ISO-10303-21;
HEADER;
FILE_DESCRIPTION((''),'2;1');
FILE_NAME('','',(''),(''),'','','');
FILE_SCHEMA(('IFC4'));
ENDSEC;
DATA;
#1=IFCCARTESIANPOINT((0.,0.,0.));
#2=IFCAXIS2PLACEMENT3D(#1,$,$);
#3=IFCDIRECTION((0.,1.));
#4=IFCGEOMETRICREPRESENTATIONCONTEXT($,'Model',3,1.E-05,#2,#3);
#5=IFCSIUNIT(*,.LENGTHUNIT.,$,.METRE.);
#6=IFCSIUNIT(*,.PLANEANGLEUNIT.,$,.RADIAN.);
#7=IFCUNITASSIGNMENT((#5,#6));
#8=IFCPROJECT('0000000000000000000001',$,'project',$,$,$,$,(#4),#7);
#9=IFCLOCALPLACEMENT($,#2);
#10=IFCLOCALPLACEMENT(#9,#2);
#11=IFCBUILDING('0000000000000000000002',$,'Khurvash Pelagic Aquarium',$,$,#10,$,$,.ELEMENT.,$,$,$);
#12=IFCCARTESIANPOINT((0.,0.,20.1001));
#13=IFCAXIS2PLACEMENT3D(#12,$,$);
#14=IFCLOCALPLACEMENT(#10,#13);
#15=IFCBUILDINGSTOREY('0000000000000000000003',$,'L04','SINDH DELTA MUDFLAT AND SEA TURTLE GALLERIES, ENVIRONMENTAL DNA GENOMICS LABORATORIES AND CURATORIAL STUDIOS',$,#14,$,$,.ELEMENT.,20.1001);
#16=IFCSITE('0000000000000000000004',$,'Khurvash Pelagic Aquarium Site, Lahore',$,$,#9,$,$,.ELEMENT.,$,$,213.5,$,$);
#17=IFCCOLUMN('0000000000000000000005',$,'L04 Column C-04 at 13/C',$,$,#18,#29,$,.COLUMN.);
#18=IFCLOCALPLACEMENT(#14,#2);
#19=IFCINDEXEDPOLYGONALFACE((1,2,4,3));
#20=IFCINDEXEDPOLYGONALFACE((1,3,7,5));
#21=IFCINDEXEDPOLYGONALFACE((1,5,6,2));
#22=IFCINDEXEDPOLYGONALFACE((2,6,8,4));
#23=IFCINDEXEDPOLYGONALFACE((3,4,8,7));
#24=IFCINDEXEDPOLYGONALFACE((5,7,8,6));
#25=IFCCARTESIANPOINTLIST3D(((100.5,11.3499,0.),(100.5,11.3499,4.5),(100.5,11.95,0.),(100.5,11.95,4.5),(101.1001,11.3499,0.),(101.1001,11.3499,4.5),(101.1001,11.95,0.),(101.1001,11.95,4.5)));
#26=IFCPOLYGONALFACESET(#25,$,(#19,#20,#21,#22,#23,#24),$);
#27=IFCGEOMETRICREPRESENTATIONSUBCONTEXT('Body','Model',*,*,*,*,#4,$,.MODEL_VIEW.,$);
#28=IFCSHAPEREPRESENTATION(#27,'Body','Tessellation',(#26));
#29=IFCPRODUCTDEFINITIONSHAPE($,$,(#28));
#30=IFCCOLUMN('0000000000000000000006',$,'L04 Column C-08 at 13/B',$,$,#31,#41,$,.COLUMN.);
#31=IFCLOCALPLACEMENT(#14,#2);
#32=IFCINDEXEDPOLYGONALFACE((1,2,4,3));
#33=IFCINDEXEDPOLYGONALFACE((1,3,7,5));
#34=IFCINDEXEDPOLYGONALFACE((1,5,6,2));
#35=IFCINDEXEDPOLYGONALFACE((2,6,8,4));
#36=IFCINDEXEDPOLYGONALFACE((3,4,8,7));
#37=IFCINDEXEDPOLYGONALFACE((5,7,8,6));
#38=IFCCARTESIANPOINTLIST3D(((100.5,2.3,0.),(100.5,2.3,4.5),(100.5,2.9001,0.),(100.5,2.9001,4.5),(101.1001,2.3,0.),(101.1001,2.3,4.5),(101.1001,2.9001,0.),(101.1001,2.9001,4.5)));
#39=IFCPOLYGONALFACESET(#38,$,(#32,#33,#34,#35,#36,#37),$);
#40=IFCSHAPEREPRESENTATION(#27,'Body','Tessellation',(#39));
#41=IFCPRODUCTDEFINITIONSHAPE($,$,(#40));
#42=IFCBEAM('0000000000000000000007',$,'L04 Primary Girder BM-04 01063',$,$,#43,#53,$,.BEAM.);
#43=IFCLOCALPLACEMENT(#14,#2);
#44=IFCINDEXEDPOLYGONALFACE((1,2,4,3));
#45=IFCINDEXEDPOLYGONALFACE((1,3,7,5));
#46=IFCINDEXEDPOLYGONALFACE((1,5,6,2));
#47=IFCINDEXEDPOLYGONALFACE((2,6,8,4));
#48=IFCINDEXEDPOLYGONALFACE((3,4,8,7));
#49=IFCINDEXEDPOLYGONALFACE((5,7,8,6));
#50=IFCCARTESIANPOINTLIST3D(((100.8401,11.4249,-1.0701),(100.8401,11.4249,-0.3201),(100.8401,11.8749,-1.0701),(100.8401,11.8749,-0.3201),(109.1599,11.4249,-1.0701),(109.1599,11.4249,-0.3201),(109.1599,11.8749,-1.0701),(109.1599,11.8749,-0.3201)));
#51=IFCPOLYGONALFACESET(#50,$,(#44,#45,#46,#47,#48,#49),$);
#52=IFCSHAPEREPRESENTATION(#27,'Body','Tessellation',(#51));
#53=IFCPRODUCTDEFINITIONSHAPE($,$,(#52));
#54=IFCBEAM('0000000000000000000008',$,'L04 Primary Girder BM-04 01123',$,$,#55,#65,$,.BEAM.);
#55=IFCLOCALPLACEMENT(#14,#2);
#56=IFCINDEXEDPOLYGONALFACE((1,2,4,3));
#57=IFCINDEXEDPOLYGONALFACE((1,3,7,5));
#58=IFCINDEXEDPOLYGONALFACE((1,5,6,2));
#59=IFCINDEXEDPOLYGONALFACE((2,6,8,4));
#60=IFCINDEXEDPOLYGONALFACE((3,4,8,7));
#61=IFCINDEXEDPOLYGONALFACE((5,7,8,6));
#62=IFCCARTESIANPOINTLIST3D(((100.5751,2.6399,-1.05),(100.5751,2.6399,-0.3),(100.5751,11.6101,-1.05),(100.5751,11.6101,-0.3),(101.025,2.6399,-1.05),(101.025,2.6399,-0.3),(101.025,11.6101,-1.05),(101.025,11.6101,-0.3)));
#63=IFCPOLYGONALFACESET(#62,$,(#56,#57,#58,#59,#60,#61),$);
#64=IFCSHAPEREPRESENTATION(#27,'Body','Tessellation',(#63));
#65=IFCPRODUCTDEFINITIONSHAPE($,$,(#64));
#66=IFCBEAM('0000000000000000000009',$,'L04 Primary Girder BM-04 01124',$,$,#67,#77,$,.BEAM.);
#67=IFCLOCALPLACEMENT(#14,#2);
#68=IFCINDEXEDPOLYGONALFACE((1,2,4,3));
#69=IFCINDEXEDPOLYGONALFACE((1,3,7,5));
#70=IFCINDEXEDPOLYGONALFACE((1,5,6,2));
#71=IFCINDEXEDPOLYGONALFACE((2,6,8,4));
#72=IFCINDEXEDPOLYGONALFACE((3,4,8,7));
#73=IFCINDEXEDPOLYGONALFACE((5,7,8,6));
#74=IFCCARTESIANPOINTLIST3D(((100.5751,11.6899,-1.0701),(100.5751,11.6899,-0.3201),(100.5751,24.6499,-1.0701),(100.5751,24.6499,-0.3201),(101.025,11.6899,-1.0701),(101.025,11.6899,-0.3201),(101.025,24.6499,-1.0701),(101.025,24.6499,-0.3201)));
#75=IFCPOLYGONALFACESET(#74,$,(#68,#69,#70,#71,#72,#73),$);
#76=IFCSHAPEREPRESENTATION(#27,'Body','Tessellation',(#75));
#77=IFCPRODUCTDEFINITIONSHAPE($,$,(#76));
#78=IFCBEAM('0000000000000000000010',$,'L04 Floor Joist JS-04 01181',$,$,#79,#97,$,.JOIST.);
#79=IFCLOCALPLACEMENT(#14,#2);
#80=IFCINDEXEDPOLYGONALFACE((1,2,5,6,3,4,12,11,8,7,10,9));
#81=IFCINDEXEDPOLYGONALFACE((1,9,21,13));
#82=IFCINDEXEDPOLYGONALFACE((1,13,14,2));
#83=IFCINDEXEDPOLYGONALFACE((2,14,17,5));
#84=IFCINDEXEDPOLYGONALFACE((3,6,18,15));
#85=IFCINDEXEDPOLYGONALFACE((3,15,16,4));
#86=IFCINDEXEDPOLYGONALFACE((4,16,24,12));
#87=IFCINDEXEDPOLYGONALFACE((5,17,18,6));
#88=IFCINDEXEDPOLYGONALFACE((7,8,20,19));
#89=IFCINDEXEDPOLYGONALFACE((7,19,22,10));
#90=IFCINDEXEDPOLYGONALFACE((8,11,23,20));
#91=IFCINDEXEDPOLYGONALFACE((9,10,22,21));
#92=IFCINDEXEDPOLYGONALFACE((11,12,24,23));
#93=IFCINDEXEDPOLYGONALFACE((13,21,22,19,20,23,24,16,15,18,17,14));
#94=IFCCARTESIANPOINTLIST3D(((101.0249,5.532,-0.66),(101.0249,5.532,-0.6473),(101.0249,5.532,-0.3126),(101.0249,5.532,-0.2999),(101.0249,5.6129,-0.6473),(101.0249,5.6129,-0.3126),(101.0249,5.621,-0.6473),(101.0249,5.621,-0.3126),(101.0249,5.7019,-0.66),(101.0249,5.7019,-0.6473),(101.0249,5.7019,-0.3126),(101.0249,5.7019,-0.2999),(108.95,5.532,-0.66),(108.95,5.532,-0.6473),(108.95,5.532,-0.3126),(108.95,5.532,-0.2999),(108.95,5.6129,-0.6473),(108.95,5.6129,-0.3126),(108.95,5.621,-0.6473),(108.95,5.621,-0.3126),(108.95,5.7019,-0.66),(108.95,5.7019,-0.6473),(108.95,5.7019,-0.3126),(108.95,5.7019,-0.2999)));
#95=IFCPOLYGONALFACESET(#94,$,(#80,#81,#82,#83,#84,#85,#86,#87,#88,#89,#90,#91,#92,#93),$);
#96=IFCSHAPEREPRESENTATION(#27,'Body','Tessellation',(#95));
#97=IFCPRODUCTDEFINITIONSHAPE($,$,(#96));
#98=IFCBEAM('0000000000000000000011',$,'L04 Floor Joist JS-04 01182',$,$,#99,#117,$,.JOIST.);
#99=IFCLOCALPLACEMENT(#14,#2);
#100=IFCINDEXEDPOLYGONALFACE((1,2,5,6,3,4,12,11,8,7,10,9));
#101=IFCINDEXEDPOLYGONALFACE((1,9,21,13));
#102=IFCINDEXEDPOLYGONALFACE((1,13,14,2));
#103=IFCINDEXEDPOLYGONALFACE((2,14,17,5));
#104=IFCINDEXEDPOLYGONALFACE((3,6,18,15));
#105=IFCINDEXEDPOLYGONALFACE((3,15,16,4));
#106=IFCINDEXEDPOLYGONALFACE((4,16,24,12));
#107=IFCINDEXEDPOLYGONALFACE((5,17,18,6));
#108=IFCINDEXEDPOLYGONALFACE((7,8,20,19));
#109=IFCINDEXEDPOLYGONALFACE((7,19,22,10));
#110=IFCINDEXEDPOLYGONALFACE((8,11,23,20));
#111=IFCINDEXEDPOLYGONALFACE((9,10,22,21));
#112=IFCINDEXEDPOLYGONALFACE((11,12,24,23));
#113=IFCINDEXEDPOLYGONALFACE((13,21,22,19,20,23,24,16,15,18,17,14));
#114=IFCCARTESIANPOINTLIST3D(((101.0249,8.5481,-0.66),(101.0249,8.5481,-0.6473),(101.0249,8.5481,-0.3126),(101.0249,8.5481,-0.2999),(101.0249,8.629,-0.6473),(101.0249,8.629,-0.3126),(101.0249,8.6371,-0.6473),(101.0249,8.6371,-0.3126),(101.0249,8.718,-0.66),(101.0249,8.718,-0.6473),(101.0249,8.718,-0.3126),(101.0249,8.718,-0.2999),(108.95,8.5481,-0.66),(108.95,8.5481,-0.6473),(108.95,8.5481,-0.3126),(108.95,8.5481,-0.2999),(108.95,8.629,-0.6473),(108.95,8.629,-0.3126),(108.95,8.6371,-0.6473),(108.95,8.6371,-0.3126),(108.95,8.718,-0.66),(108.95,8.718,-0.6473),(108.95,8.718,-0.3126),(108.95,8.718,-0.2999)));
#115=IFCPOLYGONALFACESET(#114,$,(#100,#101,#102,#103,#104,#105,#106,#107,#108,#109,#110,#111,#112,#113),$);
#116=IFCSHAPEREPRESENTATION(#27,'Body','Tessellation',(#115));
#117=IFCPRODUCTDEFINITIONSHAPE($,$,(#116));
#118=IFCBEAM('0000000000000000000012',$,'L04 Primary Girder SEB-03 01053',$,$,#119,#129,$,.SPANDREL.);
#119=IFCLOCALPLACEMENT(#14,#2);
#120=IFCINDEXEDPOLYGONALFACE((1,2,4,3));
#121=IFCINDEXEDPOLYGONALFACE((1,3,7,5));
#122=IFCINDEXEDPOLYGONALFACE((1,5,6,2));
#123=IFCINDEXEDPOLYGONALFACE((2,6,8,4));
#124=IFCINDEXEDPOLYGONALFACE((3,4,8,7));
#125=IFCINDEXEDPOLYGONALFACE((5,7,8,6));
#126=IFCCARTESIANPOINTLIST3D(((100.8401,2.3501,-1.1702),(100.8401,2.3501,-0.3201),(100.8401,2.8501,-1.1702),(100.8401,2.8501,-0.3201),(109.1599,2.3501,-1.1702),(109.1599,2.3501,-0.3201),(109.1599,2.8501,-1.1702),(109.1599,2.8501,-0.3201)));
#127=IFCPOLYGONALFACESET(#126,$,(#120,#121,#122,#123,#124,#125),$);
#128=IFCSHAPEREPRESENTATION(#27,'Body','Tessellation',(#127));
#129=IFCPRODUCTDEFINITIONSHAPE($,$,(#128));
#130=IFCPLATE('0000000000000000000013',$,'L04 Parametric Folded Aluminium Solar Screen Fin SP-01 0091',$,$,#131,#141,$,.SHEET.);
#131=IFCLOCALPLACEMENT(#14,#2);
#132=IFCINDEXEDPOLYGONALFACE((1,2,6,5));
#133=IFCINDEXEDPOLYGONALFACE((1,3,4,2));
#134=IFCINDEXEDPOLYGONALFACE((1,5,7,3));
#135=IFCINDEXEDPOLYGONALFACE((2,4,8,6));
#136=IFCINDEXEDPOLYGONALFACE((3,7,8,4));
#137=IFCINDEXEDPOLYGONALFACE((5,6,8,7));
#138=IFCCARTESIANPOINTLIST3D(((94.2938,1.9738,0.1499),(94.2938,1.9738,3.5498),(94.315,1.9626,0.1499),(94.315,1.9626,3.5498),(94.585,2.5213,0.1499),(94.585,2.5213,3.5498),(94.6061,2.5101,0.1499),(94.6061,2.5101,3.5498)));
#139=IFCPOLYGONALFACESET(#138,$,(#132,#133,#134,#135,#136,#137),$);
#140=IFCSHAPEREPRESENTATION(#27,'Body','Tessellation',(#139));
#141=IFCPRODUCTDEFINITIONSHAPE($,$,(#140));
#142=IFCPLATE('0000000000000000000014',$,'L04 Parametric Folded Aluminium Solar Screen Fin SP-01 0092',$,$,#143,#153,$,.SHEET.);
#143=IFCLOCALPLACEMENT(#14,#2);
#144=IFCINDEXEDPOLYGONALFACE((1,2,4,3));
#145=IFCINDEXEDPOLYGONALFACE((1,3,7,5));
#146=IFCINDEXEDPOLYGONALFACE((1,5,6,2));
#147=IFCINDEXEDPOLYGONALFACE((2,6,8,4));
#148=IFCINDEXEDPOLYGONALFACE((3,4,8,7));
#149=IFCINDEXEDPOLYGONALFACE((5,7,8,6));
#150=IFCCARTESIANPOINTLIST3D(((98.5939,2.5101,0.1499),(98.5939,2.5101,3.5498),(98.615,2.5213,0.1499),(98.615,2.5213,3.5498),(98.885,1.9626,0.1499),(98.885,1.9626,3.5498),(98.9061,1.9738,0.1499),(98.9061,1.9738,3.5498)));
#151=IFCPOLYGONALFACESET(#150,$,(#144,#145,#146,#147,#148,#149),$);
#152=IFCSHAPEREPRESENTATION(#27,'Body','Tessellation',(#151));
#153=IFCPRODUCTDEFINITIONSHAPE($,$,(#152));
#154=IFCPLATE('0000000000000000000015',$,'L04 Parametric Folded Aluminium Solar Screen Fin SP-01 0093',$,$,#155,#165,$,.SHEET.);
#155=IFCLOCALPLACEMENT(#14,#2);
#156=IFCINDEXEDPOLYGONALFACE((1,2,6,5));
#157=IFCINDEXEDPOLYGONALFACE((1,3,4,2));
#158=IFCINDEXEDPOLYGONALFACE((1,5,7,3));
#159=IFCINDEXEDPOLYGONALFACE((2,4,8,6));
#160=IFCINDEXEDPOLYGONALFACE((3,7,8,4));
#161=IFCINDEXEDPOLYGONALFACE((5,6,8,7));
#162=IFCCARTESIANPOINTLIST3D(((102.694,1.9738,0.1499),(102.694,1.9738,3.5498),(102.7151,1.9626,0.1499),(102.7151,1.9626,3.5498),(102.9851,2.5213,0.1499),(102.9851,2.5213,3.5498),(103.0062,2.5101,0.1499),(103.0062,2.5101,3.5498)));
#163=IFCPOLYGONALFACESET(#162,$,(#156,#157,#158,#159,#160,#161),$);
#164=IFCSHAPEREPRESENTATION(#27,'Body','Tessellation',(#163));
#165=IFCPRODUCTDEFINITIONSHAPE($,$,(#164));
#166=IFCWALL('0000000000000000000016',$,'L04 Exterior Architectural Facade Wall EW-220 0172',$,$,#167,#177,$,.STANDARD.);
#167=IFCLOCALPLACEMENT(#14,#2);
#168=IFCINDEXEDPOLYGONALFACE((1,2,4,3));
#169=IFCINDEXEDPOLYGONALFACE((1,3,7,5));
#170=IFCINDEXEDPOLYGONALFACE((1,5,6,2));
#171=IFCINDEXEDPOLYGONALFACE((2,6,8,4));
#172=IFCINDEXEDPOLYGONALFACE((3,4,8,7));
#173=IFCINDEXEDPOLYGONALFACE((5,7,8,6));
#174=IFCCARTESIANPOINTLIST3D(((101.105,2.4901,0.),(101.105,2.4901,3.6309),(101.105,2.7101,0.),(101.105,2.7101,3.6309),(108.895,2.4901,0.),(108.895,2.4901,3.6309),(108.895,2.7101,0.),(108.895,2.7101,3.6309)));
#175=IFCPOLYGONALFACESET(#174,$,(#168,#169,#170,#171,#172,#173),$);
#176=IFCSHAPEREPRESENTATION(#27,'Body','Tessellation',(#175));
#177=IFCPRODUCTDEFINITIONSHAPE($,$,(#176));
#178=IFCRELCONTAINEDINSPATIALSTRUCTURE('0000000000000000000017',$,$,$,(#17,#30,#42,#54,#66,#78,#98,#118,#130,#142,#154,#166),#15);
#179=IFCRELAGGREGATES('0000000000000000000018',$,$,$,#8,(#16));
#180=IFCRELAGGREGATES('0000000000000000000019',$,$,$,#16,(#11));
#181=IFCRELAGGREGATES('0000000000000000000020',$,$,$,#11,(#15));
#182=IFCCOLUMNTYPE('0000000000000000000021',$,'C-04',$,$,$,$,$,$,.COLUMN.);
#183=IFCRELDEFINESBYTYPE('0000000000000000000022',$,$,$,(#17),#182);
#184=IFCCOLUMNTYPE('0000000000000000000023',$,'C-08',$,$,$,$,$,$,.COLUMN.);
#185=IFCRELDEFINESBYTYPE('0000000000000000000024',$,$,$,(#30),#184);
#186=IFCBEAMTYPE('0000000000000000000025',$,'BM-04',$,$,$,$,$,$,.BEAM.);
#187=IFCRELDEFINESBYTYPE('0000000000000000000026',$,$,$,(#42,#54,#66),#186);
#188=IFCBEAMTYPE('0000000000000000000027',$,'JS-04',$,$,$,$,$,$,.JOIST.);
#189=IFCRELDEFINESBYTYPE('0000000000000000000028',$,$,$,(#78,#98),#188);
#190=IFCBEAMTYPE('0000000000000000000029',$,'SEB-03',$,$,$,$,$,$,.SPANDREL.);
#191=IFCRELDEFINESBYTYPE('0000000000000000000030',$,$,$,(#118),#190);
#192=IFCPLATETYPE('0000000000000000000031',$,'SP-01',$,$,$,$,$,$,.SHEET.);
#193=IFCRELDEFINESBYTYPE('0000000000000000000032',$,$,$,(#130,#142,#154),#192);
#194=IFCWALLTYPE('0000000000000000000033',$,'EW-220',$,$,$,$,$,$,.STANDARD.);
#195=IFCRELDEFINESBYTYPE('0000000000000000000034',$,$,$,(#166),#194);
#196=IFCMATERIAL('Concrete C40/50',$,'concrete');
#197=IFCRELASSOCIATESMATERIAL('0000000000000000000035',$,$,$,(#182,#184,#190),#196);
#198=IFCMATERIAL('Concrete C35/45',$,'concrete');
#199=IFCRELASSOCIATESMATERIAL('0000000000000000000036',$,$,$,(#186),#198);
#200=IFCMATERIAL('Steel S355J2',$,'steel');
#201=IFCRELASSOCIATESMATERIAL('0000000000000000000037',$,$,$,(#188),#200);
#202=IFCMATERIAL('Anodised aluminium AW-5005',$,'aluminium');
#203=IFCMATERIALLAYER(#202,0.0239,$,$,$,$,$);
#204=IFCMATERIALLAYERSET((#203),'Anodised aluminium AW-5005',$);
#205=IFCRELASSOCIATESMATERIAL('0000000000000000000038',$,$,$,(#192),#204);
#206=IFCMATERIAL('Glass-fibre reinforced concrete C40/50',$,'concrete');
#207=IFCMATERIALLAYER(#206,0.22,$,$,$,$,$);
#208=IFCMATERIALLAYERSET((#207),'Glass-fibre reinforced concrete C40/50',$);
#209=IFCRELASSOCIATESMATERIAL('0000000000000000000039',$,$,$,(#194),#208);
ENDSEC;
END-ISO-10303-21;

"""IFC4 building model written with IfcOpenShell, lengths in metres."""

from ifc_helpers import new_model, si_unit, direction, frame, frame_2d, origin, origin_2d, place, context, subcontext, project, spatial, rectangle, i_section, extrude, material, layer, layer_set, material_profile, profile_set, type_object, element, save


model = new_model("IFC4")

# Units and contexts
model_context = context("Model", 3, precision=1e-05, world=origin(), true_north=direction((0.0, 1.0)))
body_context = subcontext(model_context, "Body", "Model", "MODEL_VIEW")
ifc_project = project(units=[si_unit("LENGTHUNIT", "METRE"), si_unit("PLANEANGLEUNIT", "RADIAN")], contexts=[model_context])

# Site, building, storey
site_placement = place(None, origin())
site = spatial("IfcSite", under=ifc_project, at=site_placement, Name="Khurvash Pelagic Aquarium Site, Lahore", CompositionType="ELEMENT", RefElevation=213.5)
building_placement = place(site_placement, origin())
building = spatial("IfcBuilding", under=site, at=building_placement, Name="Khurvash Pelagic Aquarium", CompositionType="ELEMENT")
storey_placement = place(building_placement, frame((0.0, 0.0, 20.1001)))
storey = spatial("IfcBuildingStorey", under=building, at=storey_placement, Name="L04", Description="SINDH DELTA MUDFLAT AND SEA TURTLE GALLERIES, ENVIRONMENTAL DNA GENOMICS LABORATORIES AND CURATORIAL STUDIOS", CompositionType="ELEMENT", Elevation=20.1001)

# Columns
ifc_material_1 = material(Name="Concrete C40/50", Category="concrete")
ifc_material_profile_1 = material_profile(ifc_material_1, rectangle(XDim=0.6001, YDim=0.6001, at=origin_2d()), Name="RC600X600")
ifc_profile_set_1 = profile_set([ifc_material_profile_1], Name="Concrete C40/50")
column_type_1 = type_object("IfcColumnType", Name="C-04", PredefinedType="COLUMN", material=ifc_profile_set_1)
column_1_placement = place(storey_placement, frame((100.8, 11.6499, 0.0), z_axis=(0.0, 0.0, 1.0), x_axis=(1.0, 0.0, 0.0)))
element("IfcColumn", 1, at=column_1_placement, inside=storey, type_object=column_type_1, Name="L04 Column C-04 at 13/C", PredefinedType="COLUMN", context=body_context, shape_type="SweptSolid", body=[
    extrude(rectangle(XDim=0.6001, YDim=0.6001, at=origin_2d()), origin(), (0.0, 0.0, 1.0), 4.5),
])
ifc_material_profile_2 = material_profile(ifc_material_1, rectangle(XDim=0.6001, YDim=0.6001, at=origin_2d()), Name="RC600X600")
ifc_profile_set_2 = profile_set([ifc_material_profile_2], Name="Concrete C40/50")
column_type_2 = type_object("IfcColumnType", Name="C-08", PredefinedType="COLUMN", material=ifc_profile_set_2)
column_2_placement = place(storey_placement, frame((100.8, 2.6001, 0.0), z_axis=(0.0, 0.0, 1.0), x_axis=(1.0, 0.0, 0.0)))
element("IfcColumn", 2, at=column_2_placement, inside=storey, type_object=column_type_2, Name="L04 Column C-08 at 13/B", PredefinedType="COLUMN", context=body_context, shape_type="SweptSolid", body=[
    extrude(rectangle(XDim=0.6001, YDim=0.6001, at=origin_2d()), origin(), (0.0, 0.0, 1.0), 4.5),
])

# Beams
ifc_material_2 = material(Name="Concrete C35/45", Category="concrete")
ifc_material_profile_3 = material_profile(ifc_material_2, rectangle(XDim=0.45, YDim=0.75, at=origin_2d()), Name="RC450X750")
ifc_profile_set_3 = profile_set([ifc_material_profile_3], Name="Concrete C35/45")
beam_type_1 = type_object("IfcBeamType", Name="BM-04", PredefinedType="BEAM", material=ifc_profile_set_3)
beam_1_placement = place(storey_placement, frame((100.8401, 11.6499, -0.6951), z_axis=(1.0, 0.0, 0.0), x_axis=(0.0, 1.0, 0.0)))
element("IfcBeam", 3, at=beam_1_placement, inside=storey, type_object=beam_type_1, Name="L04 Primary Girder BM-04 01063", PredefinedType="BEAM", context=body_context, shape_type="SweptSolid", body=[
    extrude(rectangle(XDim=0.45, YDim=0.75, at=origin_2d()), origin(), (0.0, 0.0, 1.0), 8.3198),
])
beam_2_placement = place(storey_placement, frame((100.8, 2.6399, -0.675), z_axis=(0.0, 1.0, 0.0), x_axis=(-1.0, 0.0, 0.0)))
element("IfcBeam", 4, at=beam_2_placement, inside=storey, type_object=beam_type_1, Name="L04 Primary Girder BM-04 01123", PredefinedType="BEAM", context=body_context, shape_type="SweptSolid", body=[
    extrude(rectangle(XDim=0.45, YDim=0.75, at=origin_2d()), origin(), (0.0, 0.0, 1.0), 8.9702),
])
beam_3_placement = place(storey_placement, frame((100.8, 11.6899, -0.6951), z_axis=(0.0, 1.0, 0.0), x_axis=(-1.0, 0.0, 0.0)))
element("IfcBeam", 5, at=beam_3_placement, inside=storey, type_object=beam_type_1, Name="L04 Primary Girder BM-04 01124", PredefinedType="BEAM", context=body_context, shape_type="SweptSolid", body=[
    extrude(rectangle(XDim=0.45, YDim=0.75, at=origin_2d()), origin(), (0.0, 0.0, 1.0), 12.96),
])
ifc_material_3 = material(Name="Steel S355J2", Category="steel")
ifc_material_profile_4 = material_profile(ifc_material_3, i_section(OverallWidth=0.1699, OverallDepth=0.3601, WebThickness=0.0081, FlangeThickness=0.0127, at=origin_2d()), Name="IPE360")
ifc_profile_set_4 = profile_set([ifc_material_profile_4], Name="Steel S355J2")
beam_type_2 = type_object("IfcBeamType", Name="JS-04", PredefinedType="JOIST", material=ifc_profile_set_4)
for number, where, z_axis, x_axis, name in (
    (6, (101.0249, 5.6169, -0.48), (1.0, 0.0, 0.0), (0.0, 1.0, 0.0), "L04 Floor Joist JS-04 01181"),
    (7, (101.0249, 8.6331, -0.48), (1.0, 0.0, 0.0), (0.0, 1.0, 0.0), "L04 Floor Joist JS-04 01182"),
):
    element("IfcBeam", number, at=place(storey_placement, frame(where, z_axis=z_axis, x_axis=x_axis)), inside=storey, type_object=beam_type_2, Name=name, PredefinedType="JOIST", context=body_context, shape_type="SweptSolid", body=[
        extrude(i_section(OverallWidth=0.1699, OverallDepth=0.3601, WebThickness=0.0081, FlangeThickness=0.0127, at=origin_2d()), origin(), (0.0, 0.0, 1.0), 7.925),
    ])
ifc_material_profile_5 = material_profile(ifc_material_1, rectangle(XDim=0.5, YDim=0.8501, at=origin_2d()), Name="RC500X850")
ifc_profile_set_5 = profile_set([ifc_material_profile_5], Name="Concrete C40/50")
beam_type_3 = type_object("IfcBeamType", Name="SEB-03", PredefinedType="SPANDREL", material=ifc_profile_set_5)
beam_4_placement = place(storey_placement, frame((100.8401, 2.6001, -0.7451), z_axis=(1.0, 0.0, 0.0), x_axis=(0.0, 1.0, 0.0)))
element("IfcBeam", 8, at=beam_4_placement, inside=storey, type_object=beam_type_3, Name="L04 Primary Girder SEB-03 01053", PredefinedType="SPANDREL", context=body_context, shape_type="SweptSolid", body=[
    extrude(rectangle(XDim=0.5, YDim=0.8501, at=origin_2d()), origin(), (0.0, 0.0, 1.0), 8.3198),
])

# Plates
ifc_material_4 = material(Name="Anodised aluminium AW-5005", Category="aluminium")
ifc_layer_1 = layer(ifc_material_4, 0.0239)
ifc_layer_set_1 = layer_set([ifc_layer_1], Name="Anodised aluminium AW-5005")
plate_type = type_object("IfcPlateType", Name="SP-01", PredefinedType="SHEET", material=ifc_layer_set_1)
for number, where, z_axis, x_axis, name in (
    (9, (94.45, 2.2419, 0.1499), (0.0, 0.0, 1.0), (-0.469472, -0.882948, 0.0), "L04 Parametric Folded Aluminium Solar Screen Fin SP-01 0091"),
    (10, (98.75, 2.2419, 0.1499), (0.0, 0.0, 1.0), (0.469472, -0.882948, 0.0), "L04 Parametric Folded Aluminium Solar Screen Fin SP-01 0092"),
    (11, (102.8501, 2.2419, 0.1499), (0.0, 0.0, 1.0), (-0.469472, -0.882948, 0.0), "L04 Parametric Folded Aluminium Solar Screen Fin SP-01 0093"),
):
    element("IfcPlate", number, at=place(storey_placement, frame(where, z_axis=z_axis, x_axis=x_axis)), inside=storey, type_object=plate_type, Name=name, PredefinedType="SHEET", context=body_context, shape_type="SweptSolid", body=[
        extrude(rectangle(XDim=0.6201, YDim=0.0239, at=origin_2d()), origin(), (0.0, 0.0, 1.0), 3.3999),
    ])

# Wall
ifc_material_5 = material(Name="Glass-fibre reinforced concrete C40/50", Category="concrete")
ifc_layer_2 = layer(ifc_material_5, 0.22)
ifc_layer_set_2 = layer_set([ifc_layer_2], Name="Glass-fibre reinforced concrete C40/50")
wall_type_1 = type_object("IfcWallType", Name="EW-220", PredefinedType="STANDARD", material=ifc_layer_set_2)
wall_1_placement = place(storey_placement, frame((101.105, 2.6001, 0.0), z_axis=(0.0, 0.0, 1.0), x_axis=(1.0, 0.0, 0.0)))
element("IfcWall", 12, at=wall_1_placement, inside=storey, type_object=wall_type_1, Name="L04 Exterior Architectural Facade Wall EW-220 0172", PredefinedType="STANDARD", context=body_context, shape_type="SweptSolid", body=[
    extrude(rectangle(XDim=7.79, YDim=0.22, at=frame_2d((3.895, 0.0))), origin(), (0.0, 0.0, 1.0), 3.6309),
])

save(model, "model.ifc")
